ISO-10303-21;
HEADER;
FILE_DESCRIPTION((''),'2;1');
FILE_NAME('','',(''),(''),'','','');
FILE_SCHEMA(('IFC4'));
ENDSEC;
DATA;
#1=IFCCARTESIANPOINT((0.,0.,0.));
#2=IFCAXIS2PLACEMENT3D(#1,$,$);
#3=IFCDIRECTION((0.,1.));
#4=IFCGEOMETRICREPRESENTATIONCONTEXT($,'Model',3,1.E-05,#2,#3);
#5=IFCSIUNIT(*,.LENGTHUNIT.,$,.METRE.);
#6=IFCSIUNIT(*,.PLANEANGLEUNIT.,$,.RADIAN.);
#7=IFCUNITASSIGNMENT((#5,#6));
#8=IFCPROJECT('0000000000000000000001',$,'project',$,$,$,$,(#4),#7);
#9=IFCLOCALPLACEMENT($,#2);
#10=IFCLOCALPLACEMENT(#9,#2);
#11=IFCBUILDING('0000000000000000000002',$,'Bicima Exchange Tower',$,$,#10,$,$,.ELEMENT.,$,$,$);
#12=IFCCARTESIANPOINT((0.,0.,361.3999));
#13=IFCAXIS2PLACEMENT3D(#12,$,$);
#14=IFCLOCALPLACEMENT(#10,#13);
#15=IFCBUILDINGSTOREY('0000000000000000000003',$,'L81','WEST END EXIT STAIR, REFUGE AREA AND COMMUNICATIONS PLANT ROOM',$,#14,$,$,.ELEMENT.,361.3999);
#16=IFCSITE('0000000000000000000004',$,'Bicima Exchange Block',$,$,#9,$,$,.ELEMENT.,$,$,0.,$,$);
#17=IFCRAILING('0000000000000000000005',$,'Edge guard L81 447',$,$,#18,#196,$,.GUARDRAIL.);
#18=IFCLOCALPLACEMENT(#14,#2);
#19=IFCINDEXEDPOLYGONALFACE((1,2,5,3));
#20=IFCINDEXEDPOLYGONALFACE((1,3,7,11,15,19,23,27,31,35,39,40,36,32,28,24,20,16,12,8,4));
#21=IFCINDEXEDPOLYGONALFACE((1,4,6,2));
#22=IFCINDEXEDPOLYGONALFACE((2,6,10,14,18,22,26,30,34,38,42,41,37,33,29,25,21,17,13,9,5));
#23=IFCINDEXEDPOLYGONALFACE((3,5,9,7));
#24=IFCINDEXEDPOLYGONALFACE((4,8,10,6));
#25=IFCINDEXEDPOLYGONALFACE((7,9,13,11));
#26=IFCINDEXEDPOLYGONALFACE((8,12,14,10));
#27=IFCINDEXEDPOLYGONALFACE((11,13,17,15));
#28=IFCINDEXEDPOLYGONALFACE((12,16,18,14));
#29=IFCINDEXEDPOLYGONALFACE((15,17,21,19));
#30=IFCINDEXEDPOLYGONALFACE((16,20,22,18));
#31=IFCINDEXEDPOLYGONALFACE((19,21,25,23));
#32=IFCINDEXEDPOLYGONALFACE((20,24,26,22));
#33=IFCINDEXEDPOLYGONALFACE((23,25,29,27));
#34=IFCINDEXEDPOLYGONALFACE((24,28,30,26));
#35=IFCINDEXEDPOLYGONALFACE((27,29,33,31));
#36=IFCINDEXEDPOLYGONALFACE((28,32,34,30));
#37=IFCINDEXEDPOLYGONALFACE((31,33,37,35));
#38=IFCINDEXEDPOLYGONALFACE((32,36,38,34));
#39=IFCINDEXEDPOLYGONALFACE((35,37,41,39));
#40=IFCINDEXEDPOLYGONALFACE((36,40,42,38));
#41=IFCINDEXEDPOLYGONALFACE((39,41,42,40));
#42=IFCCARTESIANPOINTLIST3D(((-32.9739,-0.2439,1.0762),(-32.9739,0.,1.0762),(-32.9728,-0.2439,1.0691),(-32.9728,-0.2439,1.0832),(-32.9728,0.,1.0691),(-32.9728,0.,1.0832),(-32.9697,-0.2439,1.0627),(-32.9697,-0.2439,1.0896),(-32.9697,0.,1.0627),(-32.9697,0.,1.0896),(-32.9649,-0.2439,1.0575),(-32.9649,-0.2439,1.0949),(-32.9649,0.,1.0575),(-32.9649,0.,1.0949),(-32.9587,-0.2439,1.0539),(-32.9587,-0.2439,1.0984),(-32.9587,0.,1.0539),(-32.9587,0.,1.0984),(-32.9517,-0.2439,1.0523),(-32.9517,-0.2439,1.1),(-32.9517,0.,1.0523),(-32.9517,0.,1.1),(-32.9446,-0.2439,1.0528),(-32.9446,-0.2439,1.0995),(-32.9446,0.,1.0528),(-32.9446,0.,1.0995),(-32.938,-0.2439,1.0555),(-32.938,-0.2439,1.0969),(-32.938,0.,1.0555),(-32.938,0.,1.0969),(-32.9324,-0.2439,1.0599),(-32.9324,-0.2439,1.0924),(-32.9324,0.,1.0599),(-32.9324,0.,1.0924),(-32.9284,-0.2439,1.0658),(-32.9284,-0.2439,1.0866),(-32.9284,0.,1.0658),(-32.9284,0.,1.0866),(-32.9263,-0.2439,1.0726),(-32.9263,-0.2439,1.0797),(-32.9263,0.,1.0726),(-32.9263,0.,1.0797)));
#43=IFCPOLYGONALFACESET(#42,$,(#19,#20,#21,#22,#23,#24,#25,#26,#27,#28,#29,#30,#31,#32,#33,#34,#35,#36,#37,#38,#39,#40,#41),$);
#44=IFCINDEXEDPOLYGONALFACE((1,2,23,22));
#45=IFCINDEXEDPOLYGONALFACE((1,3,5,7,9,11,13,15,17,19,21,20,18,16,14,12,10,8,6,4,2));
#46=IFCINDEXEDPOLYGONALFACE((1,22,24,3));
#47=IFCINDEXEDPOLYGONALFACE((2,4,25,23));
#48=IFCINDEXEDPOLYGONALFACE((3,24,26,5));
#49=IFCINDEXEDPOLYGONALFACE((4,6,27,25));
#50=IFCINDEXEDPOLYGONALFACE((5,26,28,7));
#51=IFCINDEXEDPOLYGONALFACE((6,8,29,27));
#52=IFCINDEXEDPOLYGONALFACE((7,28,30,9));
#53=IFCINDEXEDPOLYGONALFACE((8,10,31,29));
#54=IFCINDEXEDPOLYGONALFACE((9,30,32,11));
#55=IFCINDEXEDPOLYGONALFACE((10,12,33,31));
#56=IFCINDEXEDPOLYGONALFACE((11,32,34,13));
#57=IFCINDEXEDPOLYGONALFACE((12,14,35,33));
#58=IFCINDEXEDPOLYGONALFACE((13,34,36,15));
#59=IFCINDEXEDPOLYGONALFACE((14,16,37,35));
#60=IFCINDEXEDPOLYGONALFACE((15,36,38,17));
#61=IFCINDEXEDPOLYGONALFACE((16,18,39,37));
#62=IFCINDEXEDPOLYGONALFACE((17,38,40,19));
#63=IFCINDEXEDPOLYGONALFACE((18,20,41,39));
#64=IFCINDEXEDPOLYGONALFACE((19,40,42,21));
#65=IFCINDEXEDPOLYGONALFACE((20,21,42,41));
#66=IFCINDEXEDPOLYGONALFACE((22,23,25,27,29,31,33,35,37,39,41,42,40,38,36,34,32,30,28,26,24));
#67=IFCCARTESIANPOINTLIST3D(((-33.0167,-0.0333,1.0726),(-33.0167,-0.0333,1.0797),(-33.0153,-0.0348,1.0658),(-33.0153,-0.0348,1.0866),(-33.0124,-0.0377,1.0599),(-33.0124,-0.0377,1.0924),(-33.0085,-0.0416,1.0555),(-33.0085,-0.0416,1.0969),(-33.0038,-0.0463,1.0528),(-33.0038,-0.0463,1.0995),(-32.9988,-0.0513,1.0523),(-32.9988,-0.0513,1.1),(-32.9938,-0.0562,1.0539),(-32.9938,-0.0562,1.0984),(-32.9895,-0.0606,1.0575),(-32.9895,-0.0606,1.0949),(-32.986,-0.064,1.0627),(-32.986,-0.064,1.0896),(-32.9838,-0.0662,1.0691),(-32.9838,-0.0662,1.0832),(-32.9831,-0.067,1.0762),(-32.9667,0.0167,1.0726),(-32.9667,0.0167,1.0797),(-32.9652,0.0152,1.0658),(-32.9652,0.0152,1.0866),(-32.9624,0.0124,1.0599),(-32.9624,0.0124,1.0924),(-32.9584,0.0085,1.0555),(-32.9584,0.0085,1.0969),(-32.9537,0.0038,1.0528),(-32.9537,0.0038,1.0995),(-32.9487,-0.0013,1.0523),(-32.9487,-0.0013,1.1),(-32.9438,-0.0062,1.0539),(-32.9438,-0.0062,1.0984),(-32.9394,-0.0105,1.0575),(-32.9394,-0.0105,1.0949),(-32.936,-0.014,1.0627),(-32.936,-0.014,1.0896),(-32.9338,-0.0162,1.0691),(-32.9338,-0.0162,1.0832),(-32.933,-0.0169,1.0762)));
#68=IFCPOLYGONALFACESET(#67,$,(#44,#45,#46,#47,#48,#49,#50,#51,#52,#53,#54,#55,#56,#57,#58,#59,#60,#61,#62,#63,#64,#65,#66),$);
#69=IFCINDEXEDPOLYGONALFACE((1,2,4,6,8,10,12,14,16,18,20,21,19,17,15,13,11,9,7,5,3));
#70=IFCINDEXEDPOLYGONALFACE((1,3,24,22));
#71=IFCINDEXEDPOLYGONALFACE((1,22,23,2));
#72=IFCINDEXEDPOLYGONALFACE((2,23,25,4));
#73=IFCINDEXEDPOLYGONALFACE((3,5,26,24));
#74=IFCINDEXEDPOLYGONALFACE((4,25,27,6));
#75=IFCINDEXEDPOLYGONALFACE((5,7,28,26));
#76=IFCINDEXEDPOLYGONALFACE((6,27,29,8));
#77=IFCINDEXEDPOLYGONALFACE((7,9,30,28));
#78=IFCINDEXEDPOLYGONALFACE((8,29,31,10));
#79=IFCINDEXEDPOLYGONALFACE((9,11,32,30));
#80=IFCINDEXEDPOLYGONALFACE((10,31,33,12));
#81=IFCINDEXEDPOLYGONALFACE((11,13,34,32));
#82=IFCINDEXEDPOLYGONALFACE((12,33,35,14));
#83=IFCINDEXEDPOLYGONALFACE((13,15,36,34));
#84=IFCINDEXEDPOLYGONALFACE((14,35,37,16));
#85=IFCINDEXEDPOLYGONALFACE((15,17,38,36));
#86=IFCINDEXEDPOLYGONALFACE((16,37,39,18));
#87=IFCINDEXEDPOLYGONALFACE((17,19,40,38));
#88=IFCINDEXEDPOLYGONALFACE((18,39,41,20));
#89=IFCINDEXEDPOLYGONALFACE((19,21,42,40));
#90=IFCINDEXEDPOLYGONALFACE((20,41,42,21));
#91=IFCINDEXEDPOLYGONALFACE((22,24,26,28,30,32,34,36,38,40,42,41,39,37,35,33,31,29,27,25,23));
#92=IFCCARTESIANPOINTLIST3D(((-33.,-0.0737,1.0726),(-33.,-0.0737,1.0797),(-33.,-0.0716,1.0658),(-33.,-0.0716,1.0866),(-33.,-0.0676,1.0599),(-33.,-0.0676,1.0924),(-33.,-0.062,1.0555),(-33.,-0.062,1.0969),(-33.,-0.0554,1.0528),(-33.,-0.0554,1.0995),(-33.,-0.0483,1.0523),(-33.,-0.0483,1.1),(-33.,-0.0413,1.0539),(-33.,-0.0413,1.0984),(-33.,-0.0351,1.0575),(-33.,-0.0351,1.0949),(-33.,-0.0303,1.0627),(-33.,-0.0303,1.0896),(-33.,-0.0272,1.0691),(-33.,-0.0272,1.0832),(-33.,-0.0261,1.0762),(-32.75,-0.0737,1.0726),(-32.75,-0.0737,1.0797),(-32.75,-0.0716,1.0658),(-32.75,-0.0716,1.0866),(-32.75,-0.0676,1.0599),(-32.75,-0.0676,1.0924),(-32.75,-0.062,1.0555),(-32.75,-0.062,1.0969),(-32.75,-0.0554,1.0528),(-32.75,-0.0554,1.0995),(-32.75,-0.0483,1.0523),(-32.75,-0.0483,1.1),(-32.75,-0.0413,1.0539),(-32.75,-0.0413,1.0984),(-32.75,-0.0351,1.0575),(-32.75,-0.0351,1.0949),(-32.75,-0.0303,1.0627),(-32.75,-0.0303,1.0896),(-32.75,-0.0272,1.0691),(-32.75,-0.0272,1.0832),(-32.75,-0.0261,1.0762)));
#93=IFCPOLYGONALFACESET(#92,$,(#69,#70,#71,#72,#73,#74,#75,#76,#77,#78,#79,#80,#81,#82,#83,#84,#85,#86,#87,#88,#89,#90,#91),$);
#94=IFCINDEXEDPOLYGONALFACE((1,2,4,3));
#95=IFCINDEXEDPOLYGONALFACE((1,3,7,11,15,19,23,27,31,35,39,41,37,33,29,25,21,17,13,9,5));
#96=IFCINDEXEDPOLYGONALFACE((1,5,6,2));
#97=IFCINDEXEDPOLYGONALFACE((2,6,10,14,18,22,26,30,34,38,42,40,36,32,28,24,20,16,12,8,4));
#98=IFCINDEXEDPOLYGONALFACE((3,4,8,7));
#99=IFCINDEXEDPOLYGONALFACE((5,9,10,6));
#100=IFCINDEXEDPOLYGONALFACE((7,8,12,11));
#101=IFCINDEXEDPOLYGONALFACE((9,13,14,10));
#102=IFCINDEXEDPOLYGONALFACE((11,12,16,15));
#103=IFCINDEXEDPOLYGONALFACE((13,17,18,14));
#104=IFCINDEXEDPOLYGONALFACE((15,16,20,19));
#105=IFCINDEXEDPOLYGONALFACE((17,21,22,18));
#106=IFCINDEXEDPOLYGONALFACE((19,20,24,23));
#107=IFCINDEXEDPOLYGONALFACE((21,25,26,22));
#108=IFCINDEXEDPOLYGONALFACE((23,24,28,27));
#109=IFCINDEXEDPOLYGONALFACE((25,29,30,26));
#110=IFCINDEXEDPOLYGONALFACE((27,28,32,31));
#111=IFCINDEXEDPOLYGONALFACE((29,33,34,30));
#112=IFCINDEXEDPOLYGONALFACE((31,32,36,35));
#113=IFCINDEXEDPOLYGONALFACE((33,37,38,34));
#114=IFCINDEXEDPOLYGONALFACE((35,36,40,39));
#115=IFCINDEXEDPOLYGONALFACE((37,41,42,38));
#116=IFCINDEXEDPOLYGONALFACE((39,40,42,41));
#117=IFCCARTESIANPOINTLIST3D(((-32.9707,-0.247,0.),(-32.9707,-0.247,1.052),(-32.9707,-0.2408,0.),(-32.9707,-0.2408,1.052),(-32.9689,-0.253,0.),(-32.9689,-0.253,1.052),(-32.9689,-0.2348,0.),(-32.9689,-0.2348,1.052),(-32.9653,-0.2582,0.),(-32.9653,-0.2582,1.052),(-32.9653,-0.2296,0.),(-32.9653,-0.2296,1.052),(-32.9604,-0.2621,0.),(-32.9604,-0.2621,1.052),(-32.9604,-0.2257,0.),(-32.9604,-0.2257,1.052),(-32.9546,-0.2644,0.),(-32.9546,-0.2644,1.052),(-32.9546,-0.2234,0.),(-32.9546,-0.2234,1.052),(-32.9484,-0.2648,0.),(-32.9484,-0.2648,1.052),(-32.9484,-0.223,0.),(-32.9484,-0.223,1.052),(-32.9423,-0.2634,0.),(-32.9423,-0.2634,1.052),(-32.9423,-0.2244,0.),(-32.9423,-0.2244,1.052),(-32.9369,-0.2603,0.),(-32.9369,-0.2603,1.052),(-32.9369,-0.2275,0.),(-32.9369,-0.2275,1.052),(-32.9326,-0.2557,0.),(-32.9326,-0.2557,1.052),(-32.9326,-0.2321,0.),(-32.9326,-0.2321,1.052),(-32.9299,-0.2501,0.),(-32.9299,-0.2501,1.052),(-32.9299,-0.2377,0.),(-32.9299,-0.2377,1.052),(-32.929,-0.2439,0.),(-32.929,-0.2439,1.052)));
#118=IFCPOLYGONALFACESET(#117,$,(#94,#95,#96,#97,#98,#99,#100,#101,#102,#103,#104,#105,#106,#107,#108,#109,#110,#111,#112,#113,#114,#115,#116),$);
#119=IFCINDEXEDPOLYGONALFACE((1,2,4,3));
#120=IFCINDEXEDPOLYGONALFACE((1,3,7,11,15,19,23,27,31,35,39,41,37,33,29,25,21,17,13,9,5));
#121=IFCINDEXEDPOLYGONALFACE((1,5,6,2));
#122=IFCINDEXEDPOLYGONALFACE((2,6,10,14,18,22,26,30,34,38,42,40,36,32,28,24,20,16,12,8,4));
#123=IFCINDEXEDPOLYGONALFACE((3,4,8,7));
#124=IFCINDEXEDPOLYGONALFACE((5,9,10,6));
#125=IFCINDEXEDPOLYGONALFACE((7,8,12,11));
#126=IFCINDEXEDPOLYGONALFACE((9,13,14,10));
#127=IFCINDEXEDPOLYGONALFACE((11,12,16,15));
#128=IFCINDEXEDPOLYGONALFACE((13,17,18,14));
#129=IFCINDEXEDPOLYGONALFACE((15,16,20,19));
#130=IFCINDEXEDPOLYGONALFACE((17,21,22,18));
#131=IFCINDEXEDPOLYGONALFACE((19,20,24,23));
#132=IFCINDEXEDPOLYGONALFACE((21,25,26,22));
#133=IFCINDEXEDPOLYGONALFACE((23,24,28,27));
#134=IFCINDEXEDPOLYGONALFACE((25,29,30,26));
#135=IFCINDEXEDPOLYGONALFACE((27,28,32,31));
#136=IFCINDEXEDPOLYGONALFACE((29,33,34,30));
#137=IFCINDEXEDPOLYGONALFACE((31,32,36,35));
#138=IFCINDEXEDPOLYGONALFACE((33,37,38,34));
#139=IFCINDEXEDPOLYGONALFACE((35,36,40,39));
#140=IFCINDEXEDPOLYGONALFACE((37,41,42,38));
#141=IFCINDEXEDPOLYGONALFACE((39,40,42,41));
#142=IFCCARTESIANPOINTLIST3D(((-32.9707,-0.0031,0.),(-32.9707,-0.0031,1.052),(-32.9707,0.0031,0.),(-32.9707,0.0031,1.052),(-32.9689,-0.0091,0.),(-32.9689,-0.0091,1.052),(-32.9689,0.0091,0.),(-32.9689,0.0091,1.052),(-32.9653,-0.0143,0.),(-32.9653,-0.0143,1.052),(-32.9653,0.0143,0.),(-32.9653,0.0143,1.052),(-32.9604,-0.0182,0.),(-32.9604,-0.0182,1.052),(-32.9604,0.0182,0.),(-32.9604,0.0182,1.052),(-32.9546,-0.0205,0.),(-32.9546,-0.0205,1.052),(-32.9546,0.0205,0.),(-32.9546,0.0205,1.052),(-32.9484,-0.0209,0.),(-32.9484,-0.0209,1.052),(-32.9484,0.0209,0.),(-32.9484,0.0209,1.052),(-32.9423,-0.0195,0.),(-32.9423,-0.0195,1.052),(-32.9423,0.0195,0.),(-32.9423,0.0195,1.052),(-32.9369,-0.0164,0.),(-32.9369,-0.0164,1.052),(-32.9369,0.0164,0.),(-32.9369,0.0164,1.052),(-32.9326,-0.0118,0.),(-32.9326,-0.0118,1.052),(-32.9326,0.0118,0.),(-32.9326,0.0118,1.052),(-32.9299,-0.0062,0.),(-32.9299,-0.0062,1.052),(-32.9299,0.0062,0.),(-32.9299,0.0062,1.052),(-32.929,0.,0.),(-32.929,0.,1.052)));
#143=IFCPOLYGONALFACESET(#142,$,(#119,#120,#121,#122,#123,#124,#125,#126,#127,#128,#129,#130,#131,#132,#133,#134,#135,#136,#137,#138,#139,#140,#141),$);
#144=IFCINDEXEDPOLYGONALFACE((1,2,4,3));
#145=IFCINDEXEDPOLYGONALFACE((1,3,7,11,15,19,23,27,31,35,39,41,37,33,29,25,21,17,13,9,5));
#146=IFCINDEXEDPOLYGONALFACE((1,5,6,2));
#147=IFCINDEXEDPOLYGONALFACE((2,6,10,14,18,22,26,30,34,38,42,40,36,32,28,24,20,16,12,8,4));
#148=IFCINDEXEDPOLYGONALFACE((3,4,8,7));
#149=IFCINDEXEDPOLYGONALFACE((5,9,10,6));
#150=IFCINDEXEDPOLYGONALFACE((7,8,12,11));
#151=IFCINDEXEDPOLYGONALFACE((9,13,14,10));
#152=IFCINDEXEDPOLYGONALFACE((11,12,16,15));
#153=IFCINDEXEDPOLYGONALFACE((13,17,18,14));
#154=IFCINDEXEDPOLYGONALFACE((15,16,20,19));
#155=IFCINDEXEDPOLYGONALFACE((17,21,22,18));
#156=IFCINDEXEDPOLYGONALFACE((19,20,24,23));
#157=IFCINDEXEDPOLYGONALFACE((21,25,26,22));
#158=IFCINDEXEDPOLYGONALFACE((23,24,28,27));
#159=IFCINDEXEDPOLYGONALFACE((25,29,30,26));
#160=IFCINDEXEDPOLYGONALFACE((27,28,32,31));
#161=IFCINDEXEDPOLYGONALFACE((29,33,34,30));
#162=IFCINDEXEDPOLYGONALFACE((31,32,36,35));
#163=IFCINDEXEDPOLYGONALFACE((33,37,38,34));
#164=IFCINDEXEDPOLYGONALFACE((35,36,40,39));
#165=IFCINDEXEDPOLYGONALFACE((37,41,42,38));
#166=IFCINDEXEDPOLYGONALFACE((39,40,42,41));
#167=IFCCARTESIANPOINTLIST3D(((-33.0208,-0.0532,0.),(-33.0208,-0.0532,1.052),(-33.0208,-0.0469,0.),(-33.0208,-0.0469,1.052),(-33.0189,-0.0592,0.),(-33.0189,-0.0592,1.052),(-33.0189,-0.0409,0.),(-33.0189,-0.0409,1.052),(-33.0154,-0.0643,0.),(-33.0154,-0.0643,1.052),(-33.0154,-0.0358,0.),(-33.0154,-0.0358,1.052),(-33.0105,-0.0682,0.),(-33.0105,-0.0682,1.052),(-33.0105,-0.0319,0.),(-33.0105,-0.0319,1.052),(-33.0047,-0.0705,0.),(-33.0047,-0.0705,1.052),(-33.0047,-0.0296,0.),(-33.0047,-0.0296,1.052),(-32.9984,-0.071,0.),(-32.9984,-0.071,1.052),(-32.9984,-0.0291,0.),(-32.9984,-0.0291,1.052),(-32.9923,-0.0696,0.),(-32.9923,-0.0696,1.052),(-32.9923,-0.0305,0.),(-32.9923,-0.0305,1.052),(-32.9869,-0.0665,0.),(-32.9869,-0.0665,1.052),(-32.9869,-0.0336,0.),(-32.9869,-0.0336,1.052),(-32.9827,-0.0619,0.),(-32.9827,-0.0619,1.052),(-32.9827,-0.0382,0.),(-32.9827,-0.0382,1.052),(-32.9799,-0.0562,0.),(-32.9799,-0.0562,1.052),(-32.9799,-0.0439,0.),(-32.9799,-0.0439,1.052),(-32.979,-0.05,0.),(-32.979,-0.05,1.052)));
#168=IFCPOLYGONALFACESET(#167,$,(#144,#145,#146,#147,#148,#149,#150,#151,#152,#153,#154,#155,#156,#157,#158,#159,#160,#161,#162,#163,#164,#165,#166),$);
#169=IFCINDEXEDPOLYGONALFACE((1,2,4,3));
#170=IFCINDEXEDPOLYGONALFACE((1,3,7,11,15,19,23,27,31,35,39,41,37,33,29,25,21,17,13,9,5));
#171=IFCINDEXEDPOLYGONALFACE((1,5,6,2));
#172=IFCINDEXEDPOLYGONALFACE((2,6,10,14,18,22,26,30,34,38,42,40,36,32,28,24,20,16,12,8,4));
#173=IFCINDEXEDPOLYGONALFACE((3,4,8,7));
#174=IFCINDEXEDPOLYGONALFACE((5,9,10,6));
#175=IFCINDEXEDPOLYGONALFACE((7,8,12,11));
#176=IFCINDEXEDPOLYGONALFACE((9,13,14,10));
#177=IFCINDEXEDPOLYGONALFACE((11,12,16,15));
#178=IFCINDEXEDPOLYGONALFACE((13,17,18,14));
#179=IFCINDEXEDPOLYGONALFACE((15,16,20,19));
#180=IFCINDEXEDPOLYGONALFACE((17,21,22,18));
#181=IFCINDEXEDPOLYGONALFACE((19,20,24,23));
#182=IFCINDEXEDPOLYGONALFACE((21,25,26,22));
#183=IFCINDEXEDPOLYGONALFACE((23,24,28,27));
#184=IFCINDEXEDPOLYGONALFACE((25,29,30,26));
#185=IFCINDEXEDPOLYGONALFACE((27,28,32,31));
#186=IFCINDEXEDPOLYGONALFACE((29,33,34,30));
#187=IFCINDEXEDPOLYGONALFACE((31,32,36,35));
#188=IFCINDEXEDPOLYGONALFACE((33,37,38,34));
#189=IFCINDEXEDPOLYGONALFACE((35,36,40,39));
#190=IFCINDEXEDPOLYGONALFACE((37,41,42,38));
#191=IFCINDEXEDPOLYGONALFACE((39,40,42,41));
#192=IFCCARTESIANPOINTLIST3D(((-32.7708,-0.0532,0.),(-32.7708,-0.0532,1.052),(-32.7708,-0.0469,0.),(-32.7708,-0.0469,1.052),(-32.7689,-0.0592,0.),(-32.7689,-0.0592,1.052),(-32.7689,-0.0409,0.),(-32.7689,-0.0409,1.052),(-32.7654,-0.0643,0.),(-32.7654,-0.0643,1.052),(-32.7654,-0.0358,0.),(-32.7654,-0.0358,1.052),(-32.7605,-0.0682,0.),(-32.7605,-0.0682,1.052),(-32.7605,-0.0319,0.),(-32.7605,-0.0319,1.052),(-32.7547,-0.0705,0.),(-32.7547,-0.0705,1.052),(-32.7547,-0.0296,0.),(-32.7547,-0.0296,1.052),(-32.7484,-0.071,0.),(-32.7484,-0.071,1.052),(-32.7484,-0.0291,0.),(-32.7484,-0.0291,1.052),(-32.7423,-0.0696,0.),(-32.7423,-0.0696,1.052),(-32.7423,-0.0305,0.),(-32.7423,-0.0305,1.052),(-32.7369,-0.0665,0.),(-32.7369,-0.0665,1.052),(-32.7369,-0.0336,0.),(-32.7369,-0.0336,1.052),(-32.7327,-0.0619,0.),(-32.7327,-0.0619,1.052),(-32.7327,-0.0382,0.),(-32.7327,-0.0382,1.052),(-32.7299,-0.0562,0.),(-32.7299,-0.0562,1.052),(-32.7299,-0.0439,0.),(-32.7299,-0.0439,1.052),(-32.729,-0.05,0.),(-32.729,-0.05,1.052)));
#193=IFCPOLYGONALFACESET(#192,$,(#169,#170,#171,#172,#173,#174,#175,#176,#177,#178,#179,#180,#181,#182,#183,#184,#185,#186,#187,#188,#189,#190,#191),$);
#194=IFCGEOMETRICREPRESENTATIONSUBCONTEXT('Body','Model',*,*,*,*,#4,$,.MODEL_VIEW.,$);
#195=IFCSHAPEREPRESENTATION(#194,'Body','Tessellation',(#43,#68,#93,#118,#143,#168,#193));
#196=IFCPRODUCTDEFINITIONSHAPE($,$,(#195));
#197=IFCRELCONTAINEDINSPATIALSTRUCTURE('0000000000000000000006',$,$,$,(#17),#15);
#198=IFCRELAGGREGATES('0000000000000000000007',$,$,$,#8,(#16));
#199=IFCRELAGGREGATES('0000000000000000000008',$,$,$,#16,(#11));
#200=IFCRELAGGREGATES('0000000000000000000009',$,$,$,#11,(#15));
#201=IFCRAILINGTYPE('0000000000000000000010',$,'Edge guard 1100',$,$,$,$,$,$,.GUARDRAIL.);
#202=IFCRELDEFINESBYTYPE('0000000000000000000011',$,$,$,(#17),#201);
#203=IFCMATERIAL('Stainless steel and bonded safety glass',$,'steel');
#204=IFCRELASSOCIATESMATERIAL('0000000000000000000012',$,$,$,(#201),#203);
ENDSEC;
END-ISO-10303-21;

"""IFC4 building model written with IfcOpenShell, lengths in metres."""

from ifc_helpers import new_model, si_unit, direction, frame, origin, origin_2d, place, context, subcontext, project, spatial, circle, extrude, material, type_object, element, save


model = new_model("IFC4")

# Units and contexts
model_context = context("Model", 3, precision=1e-05, world=origin(), true_north=direction((0.0, 1.0)))
body_context = subcontext(model_context, "Body", "Model", "MODEL_VIEW")
ifc_project = project(units=[si_unit("LENGTHUNIT", "METRE"), si_unit("PLANEANGLEUNIT", "RADIAN")], contexts=[model_context])

# Site, building, storey
site_placement = place(None, origin())
site = spatial("IfcSite", under=ifc_project, at=site_placement, Name="Bicima Exchange Block", CompositionType="ELEMENT", RefElevation=0.0)
building_placement = place(site_placement, origin())
building = spatial("IfcBuilding", under=site, at=building_placement, Name="Bicima Exchange Tower", CompositionType="ELEMENT")
storey_placement = place(building_placement, frame((0.0, 0.0, 361.3999)))
storey = spatial("IfcBuildingStorey", under=building, at=storey_placement, Name="L81", Description="WEST END EXIT STAIR, REFUGE AREA AND COMMUNICATIONS PLANT ROOM", CompositionType="ELEMENT", Elevation=361.3999)

# Railing
ifc_material_1 = material(Name="Stainless steel and bonded safety glass", Category="steel")
railing_type_1 = type_object("IfcRailingType", Name="Edge guard 1100", PredefinedType="GUARDRAIL", material=ifc_material_1)
railing_1_placement = place(storey_placement, frame((-32.95, -0.2439, 0.0)))
element("IfcRailing", 1, at=railing_1_placement, inside=storey, type_object=railing_type_1, Name="Edge guard L81 447", PredefinedType="GUARDRAIL", context=body_context, shape_type="SweptSolid", body=[
    extrude(circle(Radius=0.0239, at=origin_2d()), frame((0.0, 0.0, 1.0762), z_axis=(0.0, 1.0, 0.0), x_axis=(-1.0, 0.0, 0.0)), (0.0, 0.0, 1.0), 0.2439),
    extrude(circle(Radius=0.0239, at=origin_2d()), frame((0.0, 0.2439, 1.0762), z_axis=(-0.707107, -0.707107, 0.0), x_axis=(0.707107, -0.707107, 0.0)), (0.0, 0.0, 1.0), 0.0708),
    extrude(circle(Radius=0.0239, at=origin_2d()), frame((-0.05, 0.1938, 1.0762), z_axis=(1.0, 0.0, 0.0), x_axis=(0.0, 1.0, 0.0)), (0.0, 0.0, 1.0), 0.25),
    extrude(circle(Radius=0.021, at=origin_2d()), origin(), (0.0, 0.0, 1.0), 1.052),
    extrude(circle(Radius=0.021, at=origin_2d()), frame((0.0, 0.2439, 0.0)), (0.0, 0.0, 1.0), 1.052),
    extrude(circle(Radius=0.021, at=origin_2d()), frame((-0.05, 0.1938, 0.0)), (0.0, 0.0, 1.0), 1.052),
    extrude(circle(Radius=0.021, at=origin_2d()), frame((0.2, 0.1938, 0.0)), (0.0, 0.0, 1.0), 1.052),
])

save(model, "model.ifc")
